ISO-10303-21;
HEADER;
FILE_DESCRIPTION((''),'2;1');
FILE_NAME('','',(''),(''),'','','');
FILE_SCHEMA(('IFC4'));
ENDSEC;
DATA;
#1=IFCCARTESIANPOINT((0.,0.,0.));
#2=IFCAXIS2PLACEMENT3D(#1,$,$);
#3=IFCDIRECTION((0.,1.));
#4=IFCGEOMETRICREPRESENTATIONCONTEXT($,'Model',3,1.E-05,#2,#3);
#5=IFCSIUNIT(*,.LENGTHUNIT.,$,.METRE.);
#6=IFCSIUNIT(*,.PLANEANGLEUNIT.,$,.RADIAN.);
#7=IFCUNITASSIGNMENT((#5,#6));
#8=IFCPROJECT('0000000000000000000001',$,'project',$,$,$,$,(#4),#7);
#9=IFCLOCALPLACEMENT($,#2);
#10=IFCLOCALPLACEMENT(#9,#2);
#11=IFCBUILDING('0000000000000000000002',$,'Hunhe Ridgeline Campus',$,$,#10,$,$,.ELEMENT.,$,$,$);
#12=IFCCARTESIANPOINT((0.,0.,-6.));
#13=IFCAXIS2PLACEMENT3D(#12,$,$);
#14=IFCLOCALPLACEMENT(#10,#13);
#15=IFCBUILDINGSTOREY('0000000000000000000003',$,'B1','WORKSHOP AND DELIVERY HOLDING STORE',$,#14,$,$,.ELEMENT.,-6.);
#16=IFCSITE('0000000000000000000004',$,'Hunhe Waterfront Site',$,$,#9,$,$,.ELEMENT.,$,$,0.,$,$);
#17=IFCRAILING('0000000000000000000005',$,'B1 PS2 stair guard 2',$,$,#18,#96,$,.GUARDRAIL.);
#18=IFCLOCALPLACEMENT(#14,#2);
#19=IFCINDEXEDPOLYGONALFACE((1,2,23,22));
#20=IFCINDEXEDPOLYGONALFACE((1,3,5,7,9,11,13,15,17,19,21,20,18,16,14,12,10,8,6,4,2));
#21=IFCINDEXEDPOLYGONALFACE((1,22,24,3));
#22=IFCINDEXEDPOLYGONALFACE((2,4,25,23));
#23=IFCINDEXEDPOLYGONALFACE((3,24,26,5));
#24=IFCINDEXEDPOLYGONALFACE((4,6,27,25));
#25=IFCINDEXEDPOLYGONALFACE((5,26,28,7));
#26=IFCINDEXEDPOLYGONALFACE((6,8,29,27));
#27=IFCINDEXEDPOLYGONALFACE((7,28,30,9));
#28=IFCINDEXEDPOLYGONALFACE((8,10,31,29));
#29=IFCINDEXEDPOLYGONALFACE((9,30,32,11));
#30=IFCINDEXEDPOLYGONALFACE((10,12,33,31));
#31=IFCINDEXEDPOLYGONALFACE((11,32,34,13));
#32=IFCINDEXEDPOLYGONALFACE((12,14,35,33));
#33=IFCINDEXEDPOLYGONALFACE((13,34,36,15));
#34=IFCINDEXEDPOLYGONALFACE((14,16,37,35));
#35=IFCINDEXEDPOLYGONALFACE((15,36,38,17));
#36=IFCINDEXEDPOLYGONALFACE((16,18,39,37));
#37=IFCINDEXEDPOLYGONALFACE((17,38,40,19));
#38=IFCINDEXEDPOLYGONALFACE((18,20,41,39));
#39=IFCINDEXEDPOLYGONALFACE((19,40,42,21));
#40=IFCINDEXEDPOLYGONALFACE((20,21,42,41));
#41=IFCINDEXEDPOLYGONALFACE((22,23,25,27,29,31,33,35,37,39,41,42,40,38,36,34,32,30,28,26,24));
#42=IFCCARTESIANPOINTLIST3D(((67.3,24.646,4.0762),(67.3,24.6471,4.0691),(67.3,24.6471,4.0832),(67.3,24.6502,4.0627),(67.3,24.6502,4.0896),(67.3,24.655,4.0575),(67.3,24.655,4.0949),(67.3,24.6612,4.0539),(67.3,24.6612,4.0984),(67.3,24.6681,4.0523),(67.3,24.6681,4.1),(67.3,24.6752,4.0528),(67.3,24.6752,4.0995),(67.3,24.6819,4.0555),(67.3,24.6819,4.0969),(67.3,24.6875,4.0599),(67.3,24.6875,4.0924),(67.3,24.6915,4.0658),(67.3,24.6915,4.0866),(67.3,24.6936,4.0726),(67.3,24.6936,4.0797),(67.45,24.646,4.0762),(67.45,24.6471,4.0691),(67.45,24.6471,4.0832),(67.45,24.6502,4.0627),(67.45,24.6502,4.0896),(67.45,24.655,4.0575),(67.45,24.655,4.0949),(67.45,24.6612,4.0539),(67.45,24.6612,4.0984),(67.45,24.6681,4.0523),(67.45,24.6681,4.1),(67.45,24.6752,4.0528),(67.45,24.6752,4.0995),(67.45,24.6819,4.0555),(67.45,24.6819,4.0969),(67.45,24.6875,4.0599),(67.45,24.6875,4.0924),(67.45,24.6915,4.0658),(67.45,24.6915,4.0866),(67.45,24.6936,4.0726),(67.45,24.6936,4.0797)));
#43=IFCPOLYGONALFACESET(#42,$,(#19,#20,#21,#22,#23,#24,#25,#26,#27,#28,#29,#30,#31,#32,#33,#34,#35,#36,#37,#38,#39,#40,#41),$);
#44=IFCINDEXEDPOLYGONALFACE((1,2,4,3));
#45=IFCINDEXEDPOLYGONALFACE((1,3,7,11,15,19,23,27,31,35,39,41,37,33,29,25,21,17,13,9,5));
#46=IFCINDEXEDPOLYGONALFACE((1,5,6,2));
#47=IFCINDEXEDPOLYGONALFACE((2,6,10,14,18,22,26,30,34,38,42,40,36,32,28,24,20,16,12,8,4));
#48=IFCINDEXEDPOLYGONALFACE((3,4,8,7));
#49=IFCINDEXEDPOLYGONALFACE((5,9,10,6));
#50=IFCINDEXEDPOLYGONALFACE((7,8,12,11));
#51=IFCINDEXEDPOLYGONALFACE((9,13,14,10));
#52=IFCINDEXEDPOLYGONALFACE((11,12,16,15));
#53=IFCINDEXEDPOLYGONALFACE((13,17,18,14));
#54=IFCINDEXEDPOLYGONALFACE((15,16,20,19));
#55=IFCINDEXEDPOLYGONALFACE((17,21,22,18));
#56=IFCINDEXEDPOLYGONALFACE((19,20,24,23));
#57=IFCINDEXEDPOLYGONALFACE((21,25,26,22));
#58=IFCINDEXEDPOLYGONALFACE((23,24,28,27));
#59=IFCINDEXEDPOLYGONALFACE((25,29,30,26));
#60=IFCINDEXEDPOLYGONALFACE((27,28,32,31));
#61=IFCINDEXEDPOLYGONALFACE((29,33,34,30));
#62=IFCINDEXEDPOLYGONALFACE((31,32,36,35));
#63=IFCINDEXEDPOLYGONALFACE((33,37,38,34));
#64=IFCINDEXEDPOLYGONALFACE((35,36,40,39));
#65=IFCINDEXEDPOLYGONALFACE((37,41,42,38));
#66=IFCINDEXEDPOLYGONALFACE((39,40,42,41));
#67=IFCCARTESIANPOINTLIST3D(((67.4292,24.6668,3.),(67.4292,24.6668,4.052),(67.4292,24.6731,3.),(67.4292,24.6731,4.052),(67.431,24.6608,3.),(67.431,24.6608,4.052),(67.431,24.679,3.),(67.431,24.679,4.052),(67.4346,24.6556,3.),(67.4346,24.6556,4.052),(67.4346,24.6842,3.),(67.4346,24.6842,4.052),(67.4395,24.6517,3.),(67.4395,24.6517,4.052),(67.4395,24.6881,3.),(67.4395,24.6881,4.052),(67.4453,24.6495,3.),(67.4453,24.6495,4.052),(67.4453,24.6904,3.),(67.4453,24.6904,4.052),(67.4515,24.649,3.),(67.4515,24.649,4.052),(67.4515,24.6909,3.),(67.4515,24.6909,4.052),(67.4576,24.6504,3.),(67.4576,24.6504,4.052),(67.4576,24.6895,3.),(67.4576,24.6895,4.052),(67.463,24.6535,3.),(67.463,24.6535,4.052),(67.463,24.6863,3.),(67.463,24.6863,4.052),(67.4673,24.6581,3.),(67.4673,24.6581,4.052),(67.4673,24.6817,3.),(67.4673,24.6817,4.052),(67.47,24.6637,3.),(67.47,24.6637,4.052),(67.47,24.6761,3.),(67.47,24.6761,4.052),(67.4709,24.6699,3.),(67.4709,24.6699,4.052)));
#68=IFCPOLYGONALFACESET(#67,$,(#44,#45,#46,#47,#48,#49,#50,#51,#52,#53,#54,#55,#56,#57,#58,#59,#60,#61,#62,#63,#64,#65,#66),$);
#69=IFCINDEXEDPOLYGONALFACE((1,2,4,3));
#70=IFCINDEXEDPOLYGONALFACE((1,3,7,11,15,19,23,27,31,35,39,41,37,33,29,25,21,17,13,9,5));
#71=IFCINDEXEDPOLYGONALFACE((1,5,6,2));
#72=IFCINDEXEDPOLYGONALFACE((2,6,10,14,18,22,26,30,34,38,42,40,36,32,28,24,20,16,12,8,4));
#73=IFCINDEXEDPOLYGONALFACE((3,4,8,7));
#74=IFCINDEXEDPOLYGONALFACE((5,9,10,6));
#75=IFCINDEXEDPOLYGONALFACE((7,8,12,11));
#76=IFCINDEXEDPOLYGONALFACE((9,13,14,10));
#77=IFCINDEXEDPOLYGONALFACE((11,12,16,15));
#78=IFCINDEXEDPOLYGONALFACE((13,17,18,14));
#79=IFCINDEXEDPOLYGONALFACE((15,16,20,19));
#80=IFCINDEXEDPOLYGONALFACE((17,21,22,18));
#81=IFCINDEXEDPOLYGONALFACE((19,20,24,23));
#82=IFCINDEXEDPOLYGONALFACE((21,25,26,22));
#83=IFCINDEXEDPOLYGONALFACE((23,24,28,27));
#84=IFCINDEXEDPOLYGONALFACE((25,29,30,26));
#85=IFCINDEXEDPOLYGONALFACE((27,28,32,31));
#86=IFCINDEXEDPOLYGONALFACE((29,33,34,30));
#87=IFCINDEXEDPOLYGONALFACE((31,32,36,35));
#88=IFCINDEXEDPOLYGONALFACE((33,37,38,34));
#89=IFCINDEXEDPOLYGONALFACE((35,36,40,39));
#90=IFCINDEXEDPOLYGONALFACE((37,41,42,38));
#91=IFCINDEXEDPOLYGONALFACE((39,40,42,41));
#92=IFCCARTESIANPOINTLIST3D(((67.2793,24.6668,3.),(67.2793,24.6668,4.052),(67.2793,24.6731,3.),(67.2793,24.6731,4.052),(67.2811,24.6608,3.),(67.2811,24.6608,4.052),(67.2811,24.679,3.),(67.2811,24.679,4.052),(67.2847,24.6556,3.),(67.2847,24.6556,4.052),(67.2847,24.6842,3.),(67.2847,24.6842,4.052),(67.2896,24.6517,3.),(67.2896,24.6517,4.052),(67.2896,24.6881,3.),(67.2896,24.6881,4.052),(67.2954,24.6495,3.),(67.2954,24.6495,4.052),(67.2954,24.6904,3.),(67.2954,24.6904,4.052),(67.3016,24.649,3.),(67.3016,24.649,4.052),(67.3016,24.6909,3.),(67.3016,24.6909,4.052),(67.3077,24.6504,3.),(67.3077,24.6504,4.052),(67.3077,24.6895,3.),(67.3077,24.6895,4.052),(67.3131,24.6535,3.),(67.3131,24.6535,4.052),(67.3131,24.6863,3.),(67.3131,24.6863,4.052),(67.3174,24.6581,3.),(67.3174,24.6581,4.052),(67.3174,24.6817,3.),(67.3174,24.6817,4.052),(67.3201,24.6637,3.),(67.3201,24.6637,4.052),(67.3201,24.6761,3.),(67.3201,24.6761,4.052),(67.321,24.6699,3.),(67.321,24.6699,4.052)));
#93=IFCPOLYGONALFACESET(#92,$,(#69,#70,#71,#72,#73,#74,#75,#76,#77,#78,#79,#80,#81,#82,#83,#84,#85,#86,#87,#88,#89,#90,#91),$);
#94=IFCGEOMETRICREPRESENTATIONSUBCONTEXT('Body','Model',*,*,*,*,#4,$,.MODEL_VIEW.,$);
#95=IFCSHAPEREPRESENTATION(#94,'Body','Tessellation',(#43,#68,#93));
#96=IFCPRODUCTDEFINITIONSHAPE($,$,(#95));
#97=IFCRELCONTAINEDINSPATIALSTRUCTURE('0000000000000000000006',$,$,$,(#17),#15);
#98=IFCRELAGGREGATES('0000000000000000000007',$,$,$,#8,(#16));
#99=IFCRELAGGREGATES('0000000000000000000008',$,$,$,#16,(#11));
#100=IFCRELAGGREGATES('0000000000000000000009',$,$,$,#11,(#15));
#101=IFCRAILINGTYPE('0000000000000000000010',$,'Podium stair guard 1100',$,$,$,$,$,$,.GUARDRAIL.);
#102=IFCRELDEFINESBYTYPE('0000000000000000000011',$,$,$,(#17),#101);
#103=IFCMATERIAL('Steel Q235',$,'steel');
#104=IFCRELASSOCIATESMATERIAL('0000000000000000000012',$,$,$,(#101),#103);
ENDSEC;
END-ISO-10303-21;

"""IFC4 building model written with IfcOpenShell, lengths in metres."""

from ifc_helpers import new_model, si_unit, direction, frame, origin, origin_2d, place, context, subcontext, project, spatial, circle, extrude, material, type_object, element, save


model = new_model("IFC4")

# Units and contexts
model_context = context("Model", 3, precision=1e-05, world=origin(), true_north=direction((0.0, 1.0)))
body_context = subcontext(model_context, "Body", "Model", "MODEL_VIEW")
ifc_project = project(units=[si_unit("LENGTHUNIT", "METRE"), si_unit("PLANEANGLEUNIT", "RADIAN")], contexts=[model_context])

# Site, building, storey
site_placement = place(None, origin())
site = spatial("IfcSite", under=ifc_project, at=site_placement, Name="Hunhe Waterfront Site", CompositionType="ELEMENT", RefElevation=0.0)
building_placement = place(site_placement, origin())
building = spatial("IfcBuilding", under=site, at=building_placement, Name="Hunhe Ridgeline Campus", CompositionType="ELEMENT")
storey_placement = place(building_placement, frame((0.0, 0.0, -6.0)))
storey = spatial("IfcBuildingStorey", under=building, at=storey_placement, Name="B1", Description="WORKSHOP AND DELIVERY HOLDING STORE", CompositionType="ELEMENT", Elevation=-6.0)

# Shared definitions
ifc_material_1 = material(Name="Steel Q235", Category="steel")

# Railing
railing_type_1 = type_object("IfcRailingType", Name="Podium stair guard 1100", PredefinedType="GUARDRAIL", material=ifc_material_1)
railing_1_placement = place(storey_placement, frame((67.45, 24.6699, 3.0)))
element("IfcRailing", 1, at=railing_1_placement, inside=storey, type_object=railing_type_1, Name="B1 PS2 stair guard 2", PredefinedType="GUARDRAIL", context=body_context, shape_type="SweptSolid", body=[
    extrude(circle(Radius=0.0239, at=origin_2d()), frame((0.0, 0.0, 1.0762), z_axis=(-1.0, 0.0, 0.0), x_axis=(0.0, -1.0, 0.0)), (0.0, 0.0, 1.0), 0.1499),
    extrude(circle(Radius=0.021, at=origin_2d()), origin(), (0.0, 0.0, 1.0), 1.052),
    extrude(circle(Radius=0.021, at=origin_2d()), frame((-0.1499, 0.0, 0.0)), (0.0, 0.0, 1.0), 1.052),
])

save(model, "model.ifc")
